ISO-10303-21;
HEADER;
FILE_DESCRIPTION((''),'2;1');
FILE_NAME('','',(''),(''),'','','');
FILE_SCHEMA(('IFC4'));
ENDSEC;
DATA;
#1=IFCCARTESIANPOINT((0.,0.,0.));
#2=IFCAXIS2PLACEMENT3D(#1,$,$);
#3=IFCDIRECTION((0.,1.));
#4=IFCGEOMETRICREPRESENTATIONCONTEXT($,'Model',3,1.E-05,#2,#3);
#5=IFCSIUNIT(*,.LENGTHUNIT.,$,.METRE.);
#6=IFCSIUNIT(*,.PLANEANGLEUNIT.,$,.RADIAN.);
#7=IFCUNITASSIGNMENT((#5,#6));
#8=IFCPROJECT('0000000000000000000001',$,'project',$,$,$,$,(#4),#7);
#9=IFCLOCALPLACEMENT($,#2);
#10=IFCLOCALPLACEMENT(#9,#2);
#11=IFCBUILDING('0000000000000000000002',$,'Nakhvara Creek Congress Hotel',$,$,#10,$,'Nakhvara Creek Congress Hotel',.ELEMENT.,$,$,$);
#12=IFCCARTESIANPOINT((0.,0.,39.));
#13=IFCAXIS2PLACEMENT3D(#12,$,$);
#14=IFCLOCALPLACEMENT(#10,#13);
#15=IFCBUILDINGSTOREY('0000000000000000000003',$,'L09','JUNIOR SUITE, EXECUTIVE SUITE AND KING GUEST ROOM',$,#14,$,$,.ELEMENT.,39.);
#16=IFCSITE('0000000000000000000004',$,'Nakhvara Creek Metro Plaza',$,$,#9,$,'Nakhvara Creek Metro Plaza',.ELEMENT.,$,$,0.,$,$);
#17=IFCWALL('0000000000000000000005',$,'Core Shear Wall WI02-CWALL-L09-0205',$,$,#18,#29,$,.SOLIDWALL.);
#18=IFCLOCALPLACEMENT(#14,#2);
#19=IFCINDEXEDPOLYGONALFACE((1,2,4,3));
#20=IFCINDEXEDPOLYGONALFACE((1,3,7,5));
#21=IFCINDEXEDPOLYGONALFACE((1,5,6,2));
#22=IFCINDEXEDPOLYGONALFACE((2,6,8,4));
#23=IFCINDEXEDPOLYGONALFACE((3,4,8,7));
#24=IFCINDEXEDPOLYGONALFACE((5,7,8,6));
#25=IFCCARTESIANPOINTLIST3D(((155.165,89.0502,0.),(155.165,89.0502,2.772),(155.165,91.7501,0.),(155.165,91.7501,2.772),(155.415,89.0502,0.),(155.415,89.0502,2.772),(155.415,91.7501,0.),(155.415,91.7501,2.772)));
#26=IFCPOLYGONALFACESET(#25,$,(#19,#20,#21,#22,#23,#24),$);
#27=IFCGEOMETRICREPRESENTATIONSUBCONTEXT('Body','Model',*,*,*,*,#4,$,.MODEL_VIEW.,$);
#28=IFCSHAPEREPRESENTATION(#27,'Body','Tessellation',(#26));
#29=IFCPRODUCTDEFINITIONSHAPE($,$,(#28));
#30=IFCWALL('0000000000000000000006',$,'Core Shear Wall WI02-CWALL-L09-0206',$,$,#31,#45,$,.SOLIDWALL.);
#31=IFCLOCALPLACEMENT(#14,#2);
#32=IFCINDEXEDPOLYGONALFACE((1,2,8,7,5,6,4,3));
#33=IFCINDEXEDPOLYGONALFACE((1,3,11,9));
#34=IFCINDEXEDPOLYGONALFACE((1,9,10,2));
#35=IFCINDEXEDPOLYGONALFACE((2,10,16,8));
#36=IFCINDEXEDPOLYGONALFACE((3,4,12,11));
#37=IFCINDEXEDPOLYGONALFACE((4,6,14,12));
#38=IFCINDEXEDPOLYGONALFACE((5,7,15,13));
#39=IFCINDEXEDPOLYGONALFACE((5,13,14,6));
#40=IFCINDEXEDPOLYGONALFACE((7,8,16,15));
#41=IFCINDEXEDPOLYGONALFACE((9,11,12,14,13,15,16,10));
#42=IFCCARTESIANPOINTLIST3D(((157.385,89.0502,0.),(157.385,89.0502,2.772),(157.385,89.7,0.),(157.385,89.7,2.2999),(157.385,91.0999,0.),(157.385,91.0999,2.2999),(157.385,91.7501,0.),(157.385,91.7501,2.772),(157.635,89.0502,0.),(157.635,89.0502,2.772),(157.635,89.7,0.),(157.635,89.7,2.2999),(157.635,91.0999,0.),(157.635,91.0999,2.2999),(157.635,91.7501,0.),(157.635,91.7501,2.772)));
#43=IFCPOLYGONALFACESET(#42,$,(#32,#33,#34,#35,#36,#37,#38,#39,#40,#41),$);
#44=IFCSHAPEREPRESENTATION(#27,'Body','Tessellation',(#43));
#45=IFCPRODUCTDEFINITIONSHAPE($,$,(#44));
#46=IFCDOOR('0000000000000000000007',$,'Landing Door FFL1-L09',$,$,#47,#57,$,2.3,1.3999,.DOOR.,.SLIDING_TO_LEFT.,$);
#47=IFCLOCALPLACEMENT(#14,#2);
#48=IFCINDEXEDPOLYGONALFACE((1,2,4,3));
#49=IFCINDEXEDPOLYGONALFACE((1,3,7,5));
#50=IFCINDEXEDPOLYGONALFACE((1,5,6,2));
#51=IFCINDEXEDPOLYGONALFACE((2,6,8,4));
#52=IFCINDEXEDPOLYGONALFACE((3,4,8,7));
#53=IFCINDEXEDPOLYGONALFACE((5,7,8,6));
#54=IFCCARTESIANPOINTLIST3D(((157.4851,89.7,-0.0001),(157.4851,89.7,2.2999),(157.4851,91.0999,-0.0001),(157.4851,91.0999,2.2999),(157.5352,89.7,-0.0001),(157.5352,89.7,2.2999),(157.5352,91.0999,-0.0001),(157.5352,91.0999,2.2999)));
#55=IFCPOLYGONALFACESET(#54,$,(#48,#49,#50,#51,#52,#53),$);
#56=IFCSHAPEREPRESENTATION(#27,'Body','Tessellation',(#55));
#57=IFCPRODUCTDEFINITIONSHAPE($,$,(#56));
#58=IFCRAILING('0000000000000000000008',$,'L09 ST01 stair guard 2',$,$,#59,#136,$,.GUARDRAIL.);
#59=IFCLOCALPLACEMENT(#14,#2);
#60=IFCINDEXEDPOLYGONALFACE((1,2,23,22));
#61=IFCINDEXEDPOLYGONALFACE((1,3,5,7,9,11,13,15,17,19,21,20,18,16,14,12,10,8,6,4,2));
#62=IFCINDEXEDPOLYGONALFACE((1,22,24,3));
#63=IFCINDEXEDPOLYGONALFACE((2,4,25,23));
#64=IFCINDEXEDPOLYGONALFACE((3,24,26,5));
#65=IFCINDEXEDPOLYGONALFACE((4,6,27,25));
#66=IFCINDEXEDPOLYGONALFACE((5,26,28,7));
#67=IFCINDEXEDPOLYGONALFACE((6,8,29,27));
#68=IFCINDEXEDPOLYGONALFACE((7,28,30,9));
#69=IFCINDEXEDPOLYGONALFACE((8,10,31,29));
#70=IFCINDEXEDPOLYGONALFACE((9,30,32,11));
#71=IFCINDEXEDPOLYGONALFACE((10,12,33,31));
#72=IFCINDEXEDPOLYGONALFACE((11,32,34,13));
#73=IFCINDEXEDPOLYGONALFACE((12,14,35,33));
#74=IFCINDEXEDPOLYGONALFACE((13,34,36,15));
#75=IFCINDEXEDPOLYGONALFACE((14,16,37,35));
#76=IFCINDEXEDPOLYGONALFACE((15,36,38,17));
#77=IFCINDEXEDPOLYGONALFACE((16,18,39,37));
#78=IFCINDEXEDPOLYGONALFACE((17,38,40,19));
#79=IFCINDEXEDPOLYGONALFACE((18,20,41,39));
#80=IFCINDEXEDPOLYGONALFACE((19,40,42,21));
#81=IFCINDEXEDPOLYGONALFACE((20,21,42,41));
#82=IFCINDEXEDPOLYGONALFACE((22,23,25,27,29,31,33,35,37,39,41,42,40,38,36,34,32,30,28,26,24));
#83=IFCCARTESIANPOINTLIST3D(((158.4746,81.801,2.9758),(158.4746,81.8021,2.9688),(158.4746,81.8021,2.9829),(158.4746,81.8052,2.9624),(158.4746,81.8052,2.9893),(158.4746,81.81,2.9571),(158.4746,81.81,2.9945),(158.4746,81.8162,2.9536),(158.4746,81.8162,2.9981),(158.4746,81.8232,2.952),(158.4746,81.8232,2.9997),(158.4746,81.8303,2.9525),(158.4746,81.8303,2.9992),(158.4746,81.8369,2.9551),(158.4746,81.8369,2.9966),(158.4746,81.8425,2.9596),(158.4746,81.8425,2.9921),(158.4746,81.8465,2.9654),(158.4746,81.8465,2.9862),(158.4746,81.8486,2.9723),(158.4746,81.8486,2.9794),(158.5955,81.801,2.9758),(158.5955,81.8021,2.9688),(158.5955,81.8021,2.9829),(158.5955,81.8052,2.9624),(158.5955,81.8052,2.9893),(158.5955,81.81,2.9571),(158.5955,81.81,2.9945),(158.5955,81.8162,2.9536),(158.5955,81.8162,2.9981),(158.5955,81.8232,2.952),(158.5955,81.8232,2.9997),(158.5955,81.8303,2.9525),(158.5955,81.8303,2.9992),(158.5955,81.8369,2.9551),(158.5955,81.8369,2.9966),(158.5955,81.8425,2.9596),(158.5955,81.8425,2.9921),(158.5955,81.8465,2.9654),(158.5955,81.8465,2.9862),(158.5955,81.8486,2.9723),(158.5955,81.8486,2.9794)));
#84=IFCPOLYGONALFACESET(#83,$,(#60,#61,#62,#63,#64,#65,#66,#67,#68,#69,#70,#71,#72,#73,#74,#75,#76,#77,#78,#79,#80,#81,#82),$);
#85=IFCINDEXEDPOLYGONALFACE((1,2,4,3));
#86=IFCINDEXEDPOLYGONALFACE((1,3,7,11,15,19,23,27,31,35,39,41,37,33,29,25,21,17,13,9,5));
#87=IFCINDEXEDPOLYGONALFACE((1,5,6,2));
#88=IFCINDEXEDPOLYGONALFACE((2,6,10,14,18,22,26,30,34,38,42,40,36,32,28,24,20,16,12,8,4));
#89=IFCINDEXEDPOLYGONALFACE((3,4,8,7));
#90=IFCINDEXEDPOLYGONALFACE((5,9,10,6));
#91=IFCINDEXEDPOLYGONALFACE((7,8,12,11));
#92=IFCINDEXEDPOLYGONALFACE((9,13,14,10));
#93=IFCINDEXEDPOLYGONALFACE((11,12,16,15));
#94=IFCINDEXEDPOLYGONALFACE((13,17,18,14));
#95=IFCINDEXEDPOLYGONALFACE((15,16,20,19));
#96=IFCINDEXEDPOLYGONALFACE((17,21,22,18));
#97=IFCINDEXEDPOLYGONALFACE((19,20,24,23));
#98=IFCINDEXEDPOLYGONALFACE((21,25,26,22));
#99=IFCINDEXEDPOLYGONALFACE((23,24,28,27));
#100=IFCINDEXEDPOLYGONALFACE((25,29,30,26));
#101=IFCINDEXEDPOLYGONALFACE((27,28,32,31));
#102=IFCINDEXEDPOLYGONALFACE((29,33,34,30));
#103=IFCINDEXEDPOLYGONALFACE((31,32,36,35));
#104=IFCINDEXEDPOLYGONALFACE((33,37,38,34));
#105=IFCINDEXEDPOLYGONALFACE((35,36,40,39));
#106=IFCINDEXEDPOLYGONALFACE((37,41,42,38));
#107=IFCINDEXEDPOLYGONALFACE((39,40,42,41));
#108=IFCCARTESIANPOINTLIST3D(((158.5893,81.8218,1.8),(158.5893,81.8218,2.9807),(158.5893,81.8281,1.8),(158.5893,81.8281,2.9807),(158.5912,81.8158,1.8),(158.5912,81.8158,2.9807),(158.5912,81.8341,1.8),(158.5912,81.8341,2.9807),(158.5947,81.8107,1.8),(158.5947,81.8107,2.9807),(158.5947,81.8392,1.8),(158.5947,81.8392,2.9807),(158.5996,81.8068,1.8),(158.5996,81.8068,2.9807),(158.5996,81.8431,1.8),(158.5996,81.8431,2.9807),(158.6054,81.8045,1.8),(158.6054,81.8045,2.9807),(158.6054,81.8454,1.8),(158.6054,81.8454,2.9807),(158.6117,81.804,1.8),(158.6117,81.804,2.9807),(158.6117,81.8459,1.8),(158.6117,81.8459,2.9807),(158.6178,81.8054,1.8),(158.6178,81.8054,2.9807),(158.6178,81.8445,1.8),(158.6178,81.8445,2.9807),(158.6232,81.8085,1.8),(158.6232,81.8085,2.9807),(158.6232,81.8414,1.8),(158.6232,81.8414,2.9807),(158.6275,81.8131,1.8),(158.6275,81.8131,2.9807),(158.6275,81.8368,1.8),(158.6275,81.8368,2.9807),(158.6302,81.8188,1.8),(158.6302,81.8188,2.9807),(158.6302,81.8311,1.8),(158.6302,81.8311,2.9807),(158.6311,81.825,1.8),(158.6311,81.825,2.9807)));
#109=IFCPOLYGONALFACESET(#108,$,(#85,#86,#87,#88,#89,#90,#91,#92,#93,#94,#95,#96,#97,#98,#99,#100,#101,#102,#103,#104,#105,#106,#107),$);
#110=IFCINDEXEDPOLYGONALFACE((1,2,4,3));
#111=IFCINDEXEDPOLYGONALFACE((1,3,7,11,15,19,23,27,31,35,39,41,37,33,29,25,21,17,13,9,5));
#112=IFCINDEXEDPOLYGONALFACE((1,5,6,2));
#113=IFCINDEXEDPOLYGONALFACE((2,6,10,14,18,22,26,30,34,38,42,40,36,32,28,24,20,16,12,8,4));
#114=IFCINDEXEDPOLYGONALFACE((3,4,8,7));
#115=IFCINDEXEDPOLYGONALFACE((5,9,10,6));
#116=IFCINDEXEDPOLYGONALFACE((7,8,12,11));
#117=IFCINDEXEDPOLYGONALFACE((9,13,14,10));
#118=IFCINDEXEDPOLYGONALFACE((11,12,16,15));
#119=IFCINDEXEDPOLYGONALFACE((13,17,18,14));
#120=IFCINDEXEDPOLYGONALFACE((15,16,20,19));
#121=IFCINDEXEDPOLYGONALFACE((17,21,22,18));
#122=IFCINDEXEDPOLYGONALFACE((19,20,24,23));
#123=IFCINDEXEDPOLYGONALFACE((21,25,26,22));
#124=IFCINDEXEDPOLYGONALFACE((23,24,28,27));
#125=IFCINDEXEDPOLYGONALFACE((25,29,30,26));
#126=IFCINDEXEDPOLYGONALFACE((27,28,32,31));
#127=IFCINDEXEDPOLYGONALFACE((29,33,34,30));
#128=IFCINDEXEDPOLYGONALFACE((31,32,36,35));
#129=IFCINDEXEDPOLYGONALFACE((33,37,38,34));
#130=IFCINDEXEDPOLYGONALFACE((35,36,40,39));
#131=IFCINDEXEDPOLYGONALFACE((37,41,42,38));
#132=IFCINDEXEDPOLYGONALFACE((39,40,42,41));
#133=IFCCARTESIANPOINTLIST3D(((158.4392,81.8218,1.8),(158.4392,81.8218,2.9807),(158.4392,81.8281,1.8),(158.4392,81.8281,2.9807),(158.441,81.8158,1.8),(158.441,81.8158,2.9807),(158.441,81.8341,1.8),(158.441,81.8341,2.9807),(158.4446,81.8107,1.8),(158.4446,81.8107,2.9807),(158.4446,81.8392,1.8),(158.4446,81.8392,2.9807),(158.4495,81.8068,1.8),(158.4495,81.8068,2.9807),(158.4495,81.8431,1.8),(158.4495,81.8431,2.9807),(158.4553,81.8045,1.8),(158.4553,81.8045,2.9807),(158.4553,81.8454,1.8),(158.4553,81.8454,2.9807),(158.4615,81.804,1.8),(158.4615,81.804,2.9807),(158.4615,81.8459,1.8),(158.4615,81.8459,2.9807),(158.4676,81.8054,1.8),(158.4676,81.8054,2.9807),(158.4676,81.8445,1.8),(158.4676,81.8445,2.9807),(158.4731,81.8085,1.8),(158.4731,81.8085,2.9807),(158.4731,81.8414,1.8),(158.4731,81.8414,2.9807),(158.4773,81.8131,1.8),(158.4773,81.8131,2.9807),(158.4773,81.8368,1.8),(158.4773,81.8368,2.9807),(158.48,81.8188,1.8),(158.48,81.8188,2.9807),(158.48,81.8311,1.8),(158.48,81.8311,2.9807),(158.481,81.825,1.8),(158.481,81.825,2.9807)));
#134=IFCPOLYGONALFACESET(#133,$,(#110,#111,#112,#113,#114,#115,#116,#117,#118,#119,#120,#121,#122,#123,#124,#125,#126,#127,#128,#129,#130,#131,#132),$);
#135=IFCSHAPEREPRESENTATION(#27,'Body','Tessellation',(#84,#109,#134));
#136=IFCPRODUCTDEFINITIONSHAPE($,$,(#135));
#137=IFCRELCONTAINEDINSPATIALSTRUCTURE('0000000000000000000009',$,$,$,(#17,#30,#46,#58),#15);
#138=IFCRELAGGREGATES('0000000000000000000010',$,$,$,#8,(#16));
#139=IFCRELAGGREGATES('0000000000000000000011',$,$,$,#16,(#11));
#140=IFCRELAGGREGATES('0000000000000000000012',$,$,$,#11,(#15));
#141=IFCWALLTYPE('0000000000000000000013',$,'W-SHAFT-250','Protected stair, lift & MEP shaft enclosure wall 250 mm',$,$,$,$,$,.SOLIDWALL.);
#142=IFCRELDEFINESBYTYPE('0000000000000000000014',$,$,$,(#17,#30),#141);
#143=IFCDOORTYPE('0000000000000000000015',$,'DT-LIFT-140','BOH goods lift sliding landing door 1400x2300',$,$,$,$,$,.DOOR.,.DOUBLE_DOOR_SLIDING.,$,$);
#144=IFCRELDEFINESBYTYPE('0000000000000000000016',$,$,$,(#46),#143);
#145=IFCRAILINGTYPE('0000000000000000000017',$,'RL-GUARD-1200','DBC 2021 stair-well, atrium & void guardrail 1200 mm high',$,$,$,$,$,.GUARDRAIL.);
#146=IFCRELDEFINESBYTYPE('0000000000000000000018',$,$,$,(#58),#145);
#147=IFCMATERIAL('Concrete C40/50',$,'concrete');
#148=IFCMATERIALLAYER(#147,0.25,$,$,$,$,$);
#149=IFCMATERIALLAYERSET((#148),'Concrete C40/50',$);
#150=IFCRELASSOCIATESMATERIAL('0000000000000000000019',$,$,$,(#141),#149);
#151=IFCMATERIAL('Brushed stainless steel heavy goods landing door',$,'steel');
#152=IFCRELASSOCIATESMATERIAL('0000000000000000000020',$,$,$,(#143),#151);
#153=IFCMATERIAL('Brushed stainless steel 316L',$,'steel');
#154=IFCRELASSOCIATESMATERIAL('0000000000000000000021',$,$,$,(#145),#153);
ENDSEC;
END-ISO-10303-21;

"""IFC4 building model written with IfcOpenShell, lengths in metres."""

from ifc_helpers import new_model, si_unit, direction, frame, frame_2d, origin, origin_2d, place, context, subcontext, project, spatial, rectangle, circle, extrude, material, layer, layer_set, type_object, element, fill, save


model = new_model("IFC4")

# Units and contexts
model_context = context("Model", 3, precision=1e-05, world=origin(), true_north=direction((0.0, 1.0)))
body_context = subcontext(model_context, "Body", "Model", "MODEL_VIEW")
ifc_project = project(units=[si_unit("LENGTHUNIT", "METRE"), si_unit("PLANEANGLEUNIT", "RADIAN")], contexts=[model_context])

# Site, building, storey
site_placement = place(None, origin())
site = spatial("IfcSite", under=ifc_project, at=site_placement, Name="Nakhvara Creek Metro Plaza", LongName="Nakhvara Creek Metro Plaza", CompositionType="ELEMENT", RefElevation=0.0)
building_placement = place(site_placement, origin())
building = spatial("IfcBuilding", under=site, at=building_placement, Name="Nakhvara Creek Congress Hotel", LongName="Nakhvara Creek Congress Hotel", CompositionType="ELEMENT")
storey_placement = place(building_placement, frame((0.0, 0.0, 39.0)))
storey = spatial("IfcBuildingStorey", under=building, at=storey_placement, Name="L09", Description="JUNIOR SUITE, EXECUTIVE SUITE AND KING GUEST ROOM", CompositionType="ELEMENT", Elevation=39.0)

# Shared definitions
ifc_material_1 = material(Name="Concrete C40/50", Category="concrete")

# Wall
ifc_layer_1 = layer(ifc_material_1, 0.25)
ifc_layer_set_1 = layer_set([ifc_layer_1], Name="Concrete C40/50")
wall_type_1 = type_object("IfcWallType", Name="W-SHAFT-250", Description="Protected stair, lift & MEP shaft enclosure wall 250 mm", PredefinedType="SOLIDWALL", material=ifc_layer_set_1)
wall_1_placement = place(storey_placement, frame((155.29, 89.05, 0.0), z_axis=(0.0, 0.0, 1.0), x_axis=(0.0, 1.0, 0.0)))
element("IfcWall", 1, at=wall_1_placement, inside=storey, type_object=wall_type_1, Name="Core Shear Wall WI02-CWALL-L09-0205", PredefinedType="SOLIDWALL", context=body_context, shape_type="SweptSolid", body=[
    extrude(rectangle(XDim=2.7, YDim=0.25, at=frame_2d((1.3501, 0.0))), origin(), (0.0, 0.0, 1.0), 2.772),
])

# Wall, opening, door
wall_2_placement = place(storey_placement, frame((157.51, 89.05, 0.0), z_axis=(0.0, 0.0, 1.0), x_axis=(0.0, 1.0, 0.0)))
wall_2 = element("IfcWall", 2, at=wall_2_placement, inside=storey, type_object=wall_type_1, Name="Core Shear Wall WI02-CWALL-L09-0206", PredefinedType="SOLIDWALL", context=body_context, shape_type="SweptSolid", body=[
    extrude(rectangle(XDim=2.7, YDim=0.25, at=frame_2d((1.3501, 0.0))), origin(), (0.0, 0.0, 1.0), 2.772),
])
opening_1_placement = place(wall_2_placement, frame((0.6499, 0.0, 0.0)))
opening_1 = element("IfcOpeningElement", 3, at=opening_1_placement, cuts=wall_2, PredefinedType="OPENING", context=body_context, shape_type="SweptSolid", body=[
    extrude(rectangle(XDim=1.3999, YDim=2.3, at=frame_2d((0.7, 1.1499))), frame((0.0, 0.137, 0.0), z_axis=(0.0, -1.0, 0.0), x_axis=(1.0, 0.0, 0.0)), (0.0, 0.0, 1.0), 0.2739),
])
ifc_material_2 = material(Name="Brushed stainless steel heavy goods landing door", Category="steel")
door_type_1 = type_object("IfcDoorType", Name="DT-LIFT-140", Description="BOH goods lift sliding landing door 1400x2300", OperationType="DOUBLE_DOOR_SLIDING", PredefinedType="DOOR", material=ifc_material_2)
door_1_placement = place(opening_1_placement, origin())
door_1 = element("IfcDoor", 4, at=door_1_placement, inside=storey, type_object=door_type_1, Name="Landing Door FFL1-L09", OperationType="SLIDING_TO_LEFT", OverallHeight=2.3, OverallWidth=1.3999, PredefinedType="DOOR", context=body_context, shape_type="SweptSolid", body=[
    extrude(rectangle(XDim=1.3999, YDim=2.3, at=frame_2d((0.7, 1.1499))), frame((0.0, 0.0249, 0.0), z_axis=(0.0, -1.0, 0.0), x_axis=(1.0, 0.0, 0.0)), (0.0, 0.0, 1.0), 0.05),
])
fill(opening_1, door_1)

# Railing
ifc_material_3 = material(Name="Brushed stainless steel 316L", Category="steel")
railing_type = type_object("IfcRailingType", Name="RL-GUARD-1200", Description="DBC 2021 stair-well, atrium & void guardrail 1200 mm high", PredefinedType="GUARDRAIL", material=ifc_material_3)
railing_placement = place(storey_placement, frame((158.6101, 81.825, 1.8)))
element("IfcRailing", 5, at=railing_placement, inside=storey, type_object=railing_type, Name="L09 ST01 stair guard 2", PredefinedType="GUARDRAIL", context=body_context, shape_type="SweptSolid", body=[
    extrude(circle(Radius=0.0239, at=origin_2d()), frame((-0.0146, 0.0, 1.1758), z_axis=(-1.0, 0.0, 0.0), x_axis=(0.0, -1.0, 0.0)), (0.0, 0.0, 1.0), 0.1208),
    extrude(circle(Radius=0.021, at=origin_2d()), origin(), (0.0, 0.0, 1.0), 1.1807),
    extrude(circle(Radius=0.021, at=origin_2d()), frame((-0.1501, 0.0, 0.0)), (0.0, 0.0, 1.0), 1.1807),
])

save(model, "model.ifc")
